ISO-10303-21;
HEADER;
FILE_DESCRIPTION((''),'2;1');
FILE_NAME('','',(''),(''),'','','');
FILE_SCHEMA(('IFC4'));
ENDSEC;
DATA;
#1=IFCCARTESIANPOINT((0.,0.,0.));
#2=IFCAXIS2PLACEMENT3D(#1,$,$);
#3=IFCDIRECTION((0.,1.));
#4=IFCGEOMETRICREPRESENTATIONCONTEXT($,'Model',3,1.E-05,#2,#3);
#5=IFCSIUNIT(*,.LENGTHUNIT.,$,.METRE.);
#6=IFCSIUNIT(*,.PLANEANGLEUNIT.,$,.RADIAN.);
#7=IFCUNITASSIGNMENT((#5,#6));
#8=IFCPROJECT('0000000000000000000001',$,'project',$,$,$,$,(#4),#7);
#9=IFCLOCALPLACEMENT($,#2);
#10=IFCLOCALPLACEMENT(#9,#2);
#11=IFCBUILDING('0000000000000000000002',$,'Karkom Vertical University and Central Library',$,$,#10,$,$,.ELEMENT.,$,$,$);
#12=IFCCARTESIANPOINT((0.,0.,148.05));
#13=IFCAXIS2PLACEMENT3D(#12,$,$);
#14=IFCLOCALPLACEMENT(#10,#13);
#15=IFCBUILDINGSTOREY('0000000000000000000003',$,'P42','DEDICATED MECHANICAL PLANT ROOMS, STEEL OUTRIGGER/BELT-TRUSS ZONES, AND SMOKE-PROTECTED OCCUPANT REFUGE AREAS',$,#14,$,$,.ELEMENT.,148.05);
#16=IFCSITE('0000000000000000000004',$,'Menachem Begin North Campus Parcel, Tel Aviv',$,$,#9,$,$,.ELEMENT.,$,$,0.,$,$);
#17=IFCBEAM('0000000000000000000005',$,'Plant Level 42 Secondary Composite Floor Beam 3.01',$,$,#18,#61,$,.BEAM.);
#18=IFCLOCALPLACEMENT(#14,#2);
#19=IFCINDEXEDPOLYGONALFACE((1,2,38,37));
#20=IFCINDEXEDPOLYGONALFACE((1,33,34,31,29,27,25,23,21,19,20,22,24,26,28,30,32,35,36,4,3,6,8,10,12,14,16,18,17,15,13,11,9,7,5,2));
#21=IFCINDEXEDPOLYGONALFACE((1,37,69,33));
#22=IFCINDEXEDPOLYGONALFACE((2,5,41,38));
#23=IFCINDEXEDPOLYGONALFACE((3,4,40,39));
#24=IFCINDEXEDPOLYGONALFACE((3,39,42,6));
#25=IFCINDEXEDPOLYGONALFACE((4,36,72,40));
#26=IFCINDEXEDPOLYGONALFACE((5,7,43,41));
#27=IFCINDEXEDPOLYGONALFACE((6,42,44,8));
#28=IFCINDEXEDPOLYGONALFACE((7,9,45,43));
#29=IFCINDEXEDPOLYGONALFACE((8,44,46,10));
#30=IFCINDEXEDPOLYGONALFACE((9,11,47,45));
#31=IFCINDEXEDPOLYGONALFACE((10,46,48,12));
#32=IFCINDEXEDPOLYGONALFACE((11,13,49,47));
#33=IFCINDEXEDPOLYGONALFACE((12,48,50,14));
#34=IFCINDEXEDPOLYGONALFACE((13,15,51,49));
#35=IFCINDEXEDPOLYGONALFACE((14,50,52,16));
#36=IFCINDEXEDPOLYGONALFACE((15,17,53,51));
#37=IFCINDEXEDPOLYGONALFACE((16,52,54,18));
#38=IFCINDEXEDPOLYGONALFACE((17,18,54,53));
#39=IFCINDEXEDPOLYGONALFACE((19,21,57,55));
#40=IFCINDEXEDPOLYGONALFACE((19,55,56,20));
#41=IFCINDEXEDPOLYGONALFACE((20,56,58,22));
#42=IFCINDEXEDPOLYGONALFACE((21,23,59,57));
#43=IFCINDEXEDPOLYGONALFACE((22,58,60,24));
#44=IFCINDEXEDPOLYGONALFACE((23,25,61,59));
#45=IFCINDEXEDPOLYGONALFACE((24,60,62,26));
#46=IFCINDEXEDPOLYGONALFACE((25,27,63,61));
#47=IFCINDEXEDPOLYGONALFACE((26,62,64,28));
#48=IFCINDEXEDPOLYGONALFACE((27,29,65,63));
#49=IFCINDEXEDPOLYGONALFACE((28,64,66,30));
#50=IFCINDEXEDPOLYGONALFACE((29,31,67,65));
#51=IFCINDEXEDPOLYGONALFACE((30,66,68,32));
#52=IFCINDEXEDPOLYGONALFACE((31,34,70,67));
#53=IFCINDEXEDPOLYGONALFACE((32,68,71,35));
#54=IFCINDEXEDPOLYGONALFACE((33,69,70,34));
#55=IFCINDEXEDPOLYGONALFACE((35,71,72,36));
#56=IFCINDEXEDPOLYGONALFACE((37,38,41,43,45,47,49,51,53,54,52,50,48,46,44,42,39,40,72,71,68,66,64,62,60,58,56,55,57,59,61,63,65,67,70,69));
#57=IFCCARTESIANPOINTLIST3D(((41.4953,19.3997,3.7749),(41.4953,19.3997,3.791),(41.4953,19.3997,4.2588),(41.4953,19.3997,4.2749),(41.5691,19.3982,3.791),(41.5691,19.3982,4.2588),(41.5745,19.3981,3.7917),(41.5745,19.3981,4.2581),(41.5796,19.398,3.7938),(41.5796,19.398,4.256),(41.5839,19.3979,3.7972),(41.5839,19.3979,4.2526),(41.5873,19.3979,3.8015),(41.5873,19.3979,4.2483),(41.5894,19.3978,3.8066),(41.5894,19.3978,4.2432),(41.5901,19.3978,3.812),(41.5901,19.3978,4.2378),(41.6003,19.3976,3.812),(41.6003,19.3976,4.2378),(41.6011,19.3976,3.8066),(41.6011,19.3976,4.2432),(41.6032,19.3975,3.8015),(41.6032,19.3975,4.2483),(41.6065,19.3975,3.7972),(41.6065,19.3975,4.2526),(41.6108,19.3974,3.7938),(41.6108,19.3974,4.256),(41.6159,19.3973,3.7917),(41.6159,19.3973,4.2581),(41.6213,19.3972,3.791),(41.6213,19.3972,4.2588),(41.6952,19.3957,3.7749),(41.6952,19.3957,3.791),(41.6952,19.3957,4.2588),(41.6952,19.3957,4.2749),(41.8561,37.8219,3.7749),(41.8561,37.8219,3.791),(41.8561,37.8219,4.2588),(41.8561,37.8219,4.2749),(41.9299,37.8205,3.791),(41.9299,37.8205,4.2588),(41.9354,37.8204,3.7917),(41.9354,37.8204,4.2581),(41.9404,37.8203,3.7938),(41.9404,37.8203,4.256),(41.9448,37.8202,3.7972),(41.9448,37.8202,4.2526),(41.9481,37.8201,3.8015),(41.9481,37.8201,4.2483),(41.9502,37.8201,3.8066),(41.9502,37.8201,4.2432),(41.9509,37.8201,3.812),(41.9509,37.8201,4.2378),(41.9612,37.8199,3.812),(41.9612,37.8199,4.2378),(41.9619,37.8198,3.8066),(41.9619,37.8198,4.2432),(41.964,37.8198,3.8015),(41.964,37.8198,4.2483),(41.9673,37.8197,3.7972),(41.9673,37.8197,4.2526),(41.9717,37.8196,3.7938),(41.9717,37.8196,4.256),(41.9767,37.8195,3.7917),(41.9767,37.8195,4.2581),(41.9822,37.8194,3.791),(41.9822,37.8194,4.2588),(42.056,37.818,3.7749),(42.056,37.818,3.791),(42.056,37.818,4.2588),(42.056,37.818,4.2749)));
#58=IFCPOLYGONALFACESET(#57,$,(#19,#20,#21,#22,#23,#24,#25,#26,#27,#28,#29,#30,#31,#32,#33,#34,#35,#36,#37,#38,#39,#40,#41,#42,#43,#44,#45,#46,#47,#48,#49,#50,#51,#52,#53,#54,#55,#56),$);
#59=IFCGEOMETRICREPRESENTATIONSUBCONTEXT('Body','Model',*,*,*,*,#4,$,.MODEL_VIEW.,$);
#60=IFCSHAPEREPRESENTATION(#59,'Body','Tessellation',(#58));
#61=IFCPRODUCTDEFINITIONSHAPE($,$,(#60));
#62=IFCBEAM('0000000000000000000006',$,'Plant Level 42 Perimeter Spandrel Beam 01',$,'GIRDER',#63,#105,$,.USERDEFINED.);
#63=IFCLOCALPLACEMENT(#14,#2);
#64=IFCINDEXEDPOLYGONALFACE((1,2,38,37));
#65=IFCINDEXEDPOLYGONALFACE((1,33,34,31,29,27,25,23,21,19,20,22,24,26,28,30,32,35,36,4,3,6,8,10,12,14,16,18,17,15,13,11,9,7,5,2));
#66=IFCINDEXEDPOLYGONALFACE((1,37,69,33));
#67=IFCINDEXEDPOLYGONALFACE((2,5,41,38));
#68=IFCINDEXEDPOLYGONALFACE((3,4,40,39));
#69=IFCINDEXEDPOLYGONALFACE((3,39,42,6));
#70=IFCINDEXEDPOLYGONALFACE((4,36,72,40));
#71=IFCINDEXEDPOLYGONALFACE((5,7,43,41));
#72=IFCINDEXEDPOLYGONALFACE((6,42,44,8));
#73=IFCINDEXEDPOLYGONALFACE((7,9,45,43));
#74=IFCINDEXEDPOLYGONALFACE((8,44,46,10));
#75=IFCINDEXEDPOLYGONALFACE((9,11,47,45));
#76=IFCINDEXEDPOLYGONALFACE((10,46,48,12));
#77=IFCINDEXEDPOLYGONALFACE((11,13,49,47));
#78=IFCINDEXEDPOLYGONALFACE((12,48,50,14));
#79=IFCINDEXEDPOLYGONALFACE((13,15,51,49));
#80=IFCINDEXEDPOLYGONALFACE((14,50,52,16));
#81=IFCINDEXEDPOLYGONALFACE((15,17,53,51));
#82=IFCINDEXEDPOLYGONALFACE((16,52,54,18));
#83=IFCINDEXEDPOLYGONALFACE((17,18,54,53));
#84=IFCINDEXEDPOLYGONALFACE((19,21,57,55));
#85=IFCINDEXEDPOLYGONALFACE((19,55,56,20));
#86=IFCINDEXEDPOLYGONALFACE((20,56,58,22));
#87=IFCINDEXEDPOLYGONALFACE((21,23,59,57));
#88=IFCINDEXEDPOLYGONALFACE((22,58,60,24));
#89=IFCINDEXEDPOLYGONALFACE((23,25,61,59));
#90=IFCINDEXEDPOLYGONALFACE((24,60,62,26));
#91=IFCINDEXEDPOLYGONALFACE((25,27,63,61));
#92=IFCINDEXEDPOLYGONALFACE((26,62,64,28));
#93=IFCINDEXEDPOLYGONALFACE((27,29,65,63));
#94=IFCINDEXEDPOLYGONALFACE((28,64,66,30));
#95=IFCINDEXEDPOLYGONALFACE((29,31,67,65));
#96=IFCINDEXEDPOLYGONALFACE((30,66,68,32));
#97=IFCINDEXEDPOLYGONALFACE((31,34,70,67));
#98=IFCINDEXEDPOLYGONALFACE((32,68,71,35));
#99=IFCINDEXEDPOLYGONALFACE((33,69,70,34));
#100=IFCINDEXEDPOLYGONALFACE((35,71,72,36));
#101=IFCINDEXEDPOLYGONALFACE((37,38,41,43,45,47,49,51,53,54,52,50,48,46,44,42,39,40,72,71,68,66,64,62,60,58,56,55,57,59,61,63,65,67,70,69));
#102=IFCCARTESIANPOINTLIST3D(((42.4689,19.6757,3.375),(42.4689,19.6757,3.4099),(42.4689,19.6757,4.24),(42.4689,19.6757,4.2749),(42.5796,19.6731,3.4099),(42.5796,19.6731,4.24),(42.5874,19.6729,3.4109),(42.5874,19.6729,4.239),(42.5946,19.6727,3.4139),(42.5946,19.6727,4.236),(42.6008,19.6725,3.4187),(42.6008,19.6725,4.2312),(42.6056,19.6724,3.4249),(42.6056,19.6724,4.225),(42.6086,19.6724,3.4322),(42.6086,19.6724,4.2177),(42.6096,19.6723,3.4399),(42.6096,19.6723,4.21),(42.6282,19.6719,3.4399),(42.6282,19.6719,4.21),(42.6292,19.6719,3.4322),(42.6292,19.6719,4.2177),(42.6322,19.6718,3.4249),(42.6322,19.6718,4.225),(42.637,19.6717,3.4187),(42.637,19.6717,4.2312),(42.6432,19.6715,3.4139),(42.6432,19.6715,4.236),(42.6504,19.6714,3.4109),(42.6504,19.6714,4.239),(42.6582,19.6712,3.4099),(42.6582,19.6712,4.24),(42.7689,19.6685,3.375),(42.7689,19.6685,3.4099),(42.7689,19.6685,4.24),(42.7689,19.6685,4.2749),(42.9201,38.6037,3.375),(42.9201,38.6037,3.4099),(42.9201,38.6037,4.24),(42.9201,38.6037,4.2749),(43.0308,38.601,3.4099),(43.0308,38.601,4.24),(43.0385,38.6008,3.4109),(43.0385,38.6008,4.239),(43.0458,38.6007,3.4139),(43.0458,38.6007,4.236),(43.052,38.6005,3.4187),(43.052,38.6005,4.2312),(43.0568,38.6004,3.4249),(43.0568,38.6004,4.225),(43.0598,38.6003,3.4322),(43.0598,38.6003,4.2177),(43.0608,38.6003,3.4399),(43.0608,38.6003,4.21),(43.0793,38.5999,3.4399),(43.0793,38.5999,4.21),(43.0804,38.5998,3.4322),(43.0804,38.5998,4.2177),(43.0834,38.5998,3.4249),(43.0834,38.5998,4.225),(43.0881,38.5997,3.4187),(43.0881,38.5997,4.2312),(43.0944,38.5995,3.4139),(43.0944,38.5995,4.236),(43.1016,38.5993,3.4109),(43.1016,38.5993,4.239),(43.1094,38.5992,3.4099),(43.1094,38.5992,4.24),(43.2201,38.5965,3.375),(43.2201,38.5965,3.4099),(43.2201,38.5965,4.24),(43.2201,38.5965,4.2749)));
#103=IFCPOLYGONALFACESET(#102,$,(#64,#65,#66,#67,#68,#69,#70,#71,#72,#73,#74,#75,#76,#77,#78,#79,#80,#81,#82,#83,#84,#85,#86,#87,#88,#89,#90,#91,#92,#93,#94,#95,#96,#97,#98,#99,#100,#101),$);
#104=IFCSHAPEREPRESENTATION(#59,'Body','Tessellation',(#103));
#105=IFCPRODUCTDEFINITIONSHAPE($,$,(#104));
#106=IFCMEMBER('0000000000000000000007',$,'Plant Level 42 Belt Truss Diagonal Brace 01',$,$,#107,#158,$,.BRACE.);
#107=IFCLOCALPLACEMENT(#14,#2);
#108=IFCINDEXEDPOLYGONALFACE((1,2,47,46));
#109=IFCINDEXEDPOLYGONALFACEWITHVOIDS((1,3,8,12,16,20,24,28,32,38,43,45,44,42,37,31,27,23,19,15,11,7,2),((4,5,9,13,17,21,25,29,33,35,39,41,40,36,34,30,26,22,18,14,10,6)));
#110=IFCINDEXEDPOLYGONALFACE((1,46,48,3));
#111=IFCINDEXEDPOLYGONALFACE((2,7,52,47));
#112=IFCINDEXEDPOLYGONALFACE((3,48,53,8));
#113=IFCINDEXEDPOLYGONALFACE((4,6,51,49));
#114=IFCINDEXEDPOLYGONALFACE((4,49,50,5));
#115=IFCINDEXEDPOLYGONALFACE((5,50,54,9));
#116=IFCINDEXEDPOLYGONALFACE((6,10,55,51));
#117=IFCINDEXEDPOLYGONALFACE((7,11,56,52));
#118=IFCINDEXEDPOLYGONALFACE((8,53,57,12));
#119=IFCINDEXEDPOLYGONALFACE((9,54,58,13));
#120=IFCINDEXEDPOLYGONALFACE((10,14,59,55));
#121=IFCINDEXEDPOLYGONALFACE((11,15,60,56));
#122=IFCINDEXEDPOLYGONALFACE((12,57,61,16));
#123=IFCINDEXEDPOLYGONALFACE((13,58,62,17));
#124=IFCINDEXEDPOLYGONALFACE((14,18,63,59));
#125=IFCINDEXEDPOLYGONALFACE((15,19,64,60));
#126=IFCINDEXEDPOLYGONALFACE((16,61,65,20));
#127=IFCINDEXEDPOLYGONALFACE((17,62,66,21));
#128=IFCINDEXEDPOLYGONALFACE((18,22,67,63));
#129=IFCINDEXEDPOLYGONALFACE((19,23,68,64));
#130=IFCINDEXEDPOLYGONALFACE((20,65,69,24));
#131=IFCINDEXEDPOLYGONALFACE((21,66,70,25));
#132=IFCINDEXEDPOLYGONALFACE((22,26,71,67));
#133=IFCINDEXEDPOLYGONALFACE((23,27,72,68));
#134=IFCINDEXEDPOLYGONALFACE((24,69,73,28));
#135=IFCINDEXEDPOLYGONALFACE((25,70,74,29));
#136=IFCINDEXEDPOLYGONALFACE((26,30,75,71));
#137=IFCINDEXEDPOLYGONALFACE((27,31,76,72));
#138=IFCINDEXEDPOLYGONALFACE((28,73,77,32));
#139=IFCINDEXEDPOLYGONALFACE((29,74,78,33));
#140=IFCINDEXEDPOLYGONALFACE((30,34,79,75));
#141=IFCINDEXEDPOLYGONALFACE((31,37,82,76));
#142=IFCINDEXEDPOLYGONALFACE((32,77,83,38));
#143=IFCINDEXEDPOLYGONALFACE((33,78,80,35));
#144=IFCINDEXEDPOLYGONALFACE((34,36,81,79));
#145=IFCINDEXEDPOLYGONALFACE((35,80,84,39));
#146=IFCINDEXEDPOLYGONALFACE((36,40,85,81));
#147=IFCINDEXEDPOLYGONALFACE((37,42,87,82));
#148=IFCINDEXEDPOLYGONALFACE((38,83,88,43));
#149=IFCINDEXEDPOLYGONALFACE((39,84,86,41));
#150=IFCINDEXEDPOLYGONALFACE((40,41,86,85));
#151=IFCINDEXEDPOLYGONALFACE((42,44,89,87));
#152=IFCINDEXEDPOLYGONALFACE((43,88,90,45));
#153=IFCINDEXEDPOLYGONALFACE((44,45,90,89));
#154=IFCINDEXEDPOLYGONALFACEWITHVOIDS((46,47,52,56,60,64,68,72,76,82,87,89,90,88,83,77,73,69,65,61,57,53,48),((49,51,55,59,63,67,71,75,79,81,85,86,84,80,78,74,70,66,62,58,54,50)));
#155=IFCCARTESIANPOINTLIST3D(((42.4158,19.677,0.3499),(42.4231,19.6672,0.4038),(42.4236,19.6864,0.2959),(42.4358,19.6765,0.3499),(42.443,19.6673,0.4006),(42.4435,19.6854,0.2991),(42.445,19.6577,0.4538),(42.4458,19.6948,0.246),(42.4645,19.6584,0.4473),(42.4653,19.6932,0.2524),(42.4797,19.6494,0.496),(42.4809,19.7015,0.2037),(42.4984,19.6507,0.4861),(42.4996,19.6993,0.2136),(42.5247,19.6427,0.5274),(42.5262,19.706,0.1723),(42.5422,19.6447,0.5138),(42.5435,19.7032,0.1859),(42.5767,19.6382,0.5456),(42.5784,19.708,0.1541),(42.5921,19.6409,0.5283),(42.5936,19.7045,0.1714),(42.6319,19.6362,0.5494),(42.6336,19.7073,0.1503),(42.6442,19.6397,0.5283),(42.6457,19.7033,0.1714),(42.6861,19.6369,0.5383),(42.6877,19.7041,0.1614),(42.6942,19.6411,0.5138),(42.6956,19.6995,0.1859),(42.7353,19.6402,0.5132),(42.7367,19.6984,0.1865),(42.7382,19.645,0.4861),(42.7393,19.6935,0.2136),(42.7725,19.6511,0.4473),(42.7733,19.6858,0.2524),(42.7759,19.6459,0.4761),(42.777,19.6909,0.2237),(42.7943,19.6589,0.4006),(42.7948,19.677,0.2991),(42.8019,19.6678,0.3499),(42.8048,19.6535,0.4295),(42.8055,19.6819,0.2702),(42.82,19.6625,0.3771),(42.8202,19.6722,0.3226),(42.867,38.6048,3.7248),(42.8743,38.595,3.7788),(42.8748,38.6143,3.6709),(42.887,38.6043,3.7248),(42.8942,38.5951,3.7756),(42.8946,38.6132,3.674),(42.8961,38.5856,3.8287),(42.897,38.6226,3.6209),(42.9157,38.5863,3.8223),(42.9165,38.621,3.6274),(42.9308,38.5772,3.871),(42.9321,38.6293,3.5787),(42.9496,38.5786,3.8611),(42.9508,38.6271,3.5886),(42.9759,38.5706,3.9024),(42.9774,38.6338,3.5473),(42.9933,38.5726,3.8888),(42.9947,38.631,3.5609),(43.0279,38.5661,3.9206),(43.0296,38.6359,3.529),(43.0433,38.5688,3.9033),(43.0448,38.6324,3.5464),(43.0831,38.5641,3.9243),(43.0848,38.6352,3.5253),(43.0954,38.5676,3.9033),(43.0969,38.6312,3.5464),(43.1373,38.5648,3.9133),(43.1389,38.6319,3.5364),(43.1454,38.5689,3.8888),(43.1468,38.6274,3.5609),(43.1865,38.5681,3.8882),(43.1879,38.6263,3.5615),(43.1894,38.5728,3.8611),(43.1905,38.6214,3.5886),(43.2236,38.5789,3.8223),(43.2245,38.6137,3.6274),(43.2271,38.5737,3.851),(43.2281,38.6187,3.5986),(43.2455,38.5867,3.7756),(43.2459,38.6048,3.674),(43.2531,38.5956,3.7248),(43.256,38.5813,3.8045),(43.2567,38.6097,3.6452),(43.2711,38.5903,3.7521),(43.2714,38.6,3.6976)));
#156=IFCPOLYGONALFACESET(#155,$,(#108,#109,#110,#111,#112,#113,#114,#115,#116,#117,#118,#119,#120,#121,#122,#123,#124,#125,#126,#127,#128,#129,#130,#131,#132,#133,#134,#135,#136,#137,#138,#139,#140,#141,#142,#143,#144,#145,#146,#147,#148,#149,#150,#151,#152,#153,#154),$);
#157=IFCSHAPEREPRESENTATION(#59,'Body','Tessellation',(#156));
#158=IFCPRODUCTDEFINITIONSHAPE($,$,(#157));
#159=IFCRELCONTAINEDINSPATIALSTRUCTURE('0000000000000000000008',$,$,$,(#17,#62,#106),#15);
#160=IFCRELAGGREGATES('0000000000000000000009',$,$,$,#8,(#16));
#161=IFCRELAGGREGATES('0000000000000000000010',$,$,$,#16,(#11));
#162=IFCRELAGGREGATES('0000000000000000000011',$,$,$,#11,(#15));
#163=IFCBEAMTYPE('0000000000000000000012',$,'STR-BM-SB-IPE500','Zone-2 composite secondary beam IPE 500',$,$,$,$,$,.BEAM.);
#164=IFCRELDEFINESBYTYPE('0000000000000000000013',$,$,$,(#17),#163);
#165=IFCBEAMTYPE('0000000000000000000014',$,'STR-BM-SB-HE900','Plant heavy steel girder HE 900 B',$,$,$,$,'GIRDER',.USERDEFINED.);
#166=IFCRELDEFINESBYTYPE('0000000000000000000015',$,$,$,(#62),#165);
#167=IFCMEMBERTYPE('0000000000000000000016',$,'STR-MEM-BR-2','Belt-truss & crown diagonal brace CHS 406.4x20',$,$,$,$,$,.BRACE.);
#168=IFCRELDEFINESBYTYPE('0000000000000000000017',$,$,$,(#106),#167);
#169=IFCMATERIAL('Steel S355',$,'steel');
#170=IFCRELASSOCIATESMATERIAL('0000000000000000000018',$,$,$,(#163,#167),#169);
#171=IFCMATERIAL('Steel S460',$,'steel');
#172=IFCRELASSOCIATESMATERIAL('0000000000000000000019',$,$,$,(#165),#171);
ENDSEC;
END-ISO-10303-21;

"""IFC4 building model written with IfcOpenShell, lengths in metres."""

from ifc_helpers import new_model, si_unit, direction, frame, origin, origin_with_axes, origin_2d, place, context, subcontext, project, spatial, hollow_circle, i_section, extrude, source, transform, mapped, material, material_profile, profile_set, type_object, element, save


model = new_model("IFC4")

# Units and contexts
model_context = context("Model", 3, precision=1e-05, world=origin(), true_north=direction((0.0, 1.0)))
body_context = subcontext(model_context, "Body", "Model", "MODEL_VIEW")
ifc_project = project(units=[si_unit("LENGTHUNIT", "METRE"), si_unit("PLANEANGLEUNIT", "RADIAN")], contexts=[model_context])

# Site, building, storey
site_placement = place(None, origin())
site = spatial("IfcSite", under=ifc_project, at=site_placement, Name="Menachem Begin North Campus Parcel, Tel Aviv", CompositionType="ELEMENT", RefElevation=0.0)
building_placement = place(site_placement, origin())
building = spatial("IfcBuilding", under=site, at=building_placement, Name="Karkom Vertical University and Central Library", CompositionType="ELEMENT")
storey_placement = place(building_placement, frame((0.0, 0.0, 148.05)))
storey = spatial("IfcBuildingStorey", under=building, at=storey_placement, Name="P42", Description="DEDICATED MECHANICAL PLANT ROOMS, STEEL OUTRIGGER/BELT-TRUSS ZONES, AND SMOKE-PROTECTED OCCUPANT REFUGE AREAS", CompositionType="ELEMENT", Elevation=148.05)

# Beams
ifc_material_1 = material(Name="Steel S355", Category="steel")
ifc_material_profile_1 = material_profile(ifc_material_1, i_section(OverallWidth=0.2, OverallDepth=0.5, WebThickness=0.0103, FlangeThickness=0.0161, FilletRadius=0.021, at=origin_2d()), Name="IPE 500")
ifc_profile_set_1 = profile_set([ifc_material_profile_1], Name="Steel S355")
beam_type_1 = type_object("IfcBeamType", Name="STR-BM-SB-IPE500", Description="Zone-2 composite secondary beam IPE 500", PredefinedType="BEAM", material=ifc_profile_set_1)
shared_shape_1 = source(origin_with_axes(), body_context, "Body", "SweptSolid", [
    extrude(i_section(OverallWidth=0.2, OverallDepth=0.5, WebThickness=0.0103, FlangeThickness=0.0161, FilletRadius=0.021, at=origin_2d()), origin(), (0.0, 0.0, 1.0), 18.4258),
])
beam_1_placement = place(storey_placement, frame((41.5952, 19.3977, 4.0249), z_axis=(0.019583, 0.999808, 0.0), x_axis=(-0.999808, 0.019583, 0.0)))
element("IfcBeam", 1, at=beam_1_placement, inside=storey, type_object=beam_type_1, Name="Plant Level 42 Secondary Composite Floor Beam 3.01", PredefinedType="BEAM", context=body_context, shape_type="MappedRepresentation", body=[
    mapped(shared_shape_1, transform((0.0, 0.0, 0.0), scale=1.0)),
])
ifc_material_2 = material(Name="Steel S460", Category="steel")
ifc_material_profile_2 = material_profile(ifc_material_2, i_section(OverallWidth=0.3, OverallDepth=0.8999, WebThickness=0.0186, FlangeThickness=0.0349, FilletRadius=0.03, at=origin_2d()), Name="HE 900 B")
ifc_profile_set_2 = profile_set([ifc_material_profile_2], Name="Steel S460")
beam_type_2 = type_object("IfcBeamType", Name="STR-BM-SB-HE900", Description="Plant heavy steel girder HE 900 B", ElementType="GIRDER", PredefinedType="USERDEFINED", material=ifc_profile_set_2)
shared_shape_2 = source(origin_with_axes(), body_context, "Body", "SweptSolid", [
    extrude(i_section(OverallWidth=0.3, OverallDepth=0.8999, WebThickness=0.0186, FlangeThickness=0.0349, FilletRadius=0.03, at=origin_2d()), origin(), (0.0, 0.0, 1.0), 18.9333),
])
beam_2_placement = place(storey_placement, frame((42.6189, 19.6721, 3.825), z_axis=(0.023829, 0.999716, 0.0), x_axis=(-0.999716, 0.023829, 0.0)))
element("IfcBeam", 2, at=beam_2_placement, inside=storey, type_object=beam_type_2, Name="Plant Level 42 Perimeter Spandrel Beam 01", ObjectType="GIRDER", PredefinedType="USERDEFINED", context=body_context, shape_type="MappedRepresentation", body=[
    mapped(shared_shape_2, transform((0.0, 0.0, 0.0), scale=1.0)),
])

# Member
ifc_material_profile_3 = material_profile(ifc_material_1, hollow_circle(Radius=0.2031, WallThickness=0.02, at=origin_2d()), Name="CHS 406.4x20")
ifc_profile_set_3 = profile_set([ifc_material_profile_3], Name="Steel S355")
member_type_1 = type_object("IfcMemberType", Name="STR-MEM-BR-2", Description="Belt-truss & crown diagonal brace CHS 406.4x20", PredefinedType="BRACE", material=ifc_profile_set_3)
shared_shape_3 = source(origin_with_axes(), body_context, "Body", "SweptSolid", [
    extrude(hollow_circle(Radius=0.2031, WallThickness=0.02, at=origin_2d()), origin(), (0.0, 0.0, 1.0), 19.2317),
])
member_1_placement = place(storey_placement, frame((42.6189, 19.6721, 0.3499), z_axis=(0.02346, 0.984202, 0.17549), x_axis=(-0.999716, 0.023829, 0.0)))
element("IfcMember", 3, at=member_1_placement, inside=storey, type_object=member_type_1, Name="Plant Level 42 Belt Truss Diagonal Brace 01", PredefinedType="BRACE", context=body_context, shape_type="MappedRepresentation", body=[
    mapped(shared_shape_3, transform((0.0, 0.0, 0.0), scale=1.0)),
])

save(model, "model.ifc")
